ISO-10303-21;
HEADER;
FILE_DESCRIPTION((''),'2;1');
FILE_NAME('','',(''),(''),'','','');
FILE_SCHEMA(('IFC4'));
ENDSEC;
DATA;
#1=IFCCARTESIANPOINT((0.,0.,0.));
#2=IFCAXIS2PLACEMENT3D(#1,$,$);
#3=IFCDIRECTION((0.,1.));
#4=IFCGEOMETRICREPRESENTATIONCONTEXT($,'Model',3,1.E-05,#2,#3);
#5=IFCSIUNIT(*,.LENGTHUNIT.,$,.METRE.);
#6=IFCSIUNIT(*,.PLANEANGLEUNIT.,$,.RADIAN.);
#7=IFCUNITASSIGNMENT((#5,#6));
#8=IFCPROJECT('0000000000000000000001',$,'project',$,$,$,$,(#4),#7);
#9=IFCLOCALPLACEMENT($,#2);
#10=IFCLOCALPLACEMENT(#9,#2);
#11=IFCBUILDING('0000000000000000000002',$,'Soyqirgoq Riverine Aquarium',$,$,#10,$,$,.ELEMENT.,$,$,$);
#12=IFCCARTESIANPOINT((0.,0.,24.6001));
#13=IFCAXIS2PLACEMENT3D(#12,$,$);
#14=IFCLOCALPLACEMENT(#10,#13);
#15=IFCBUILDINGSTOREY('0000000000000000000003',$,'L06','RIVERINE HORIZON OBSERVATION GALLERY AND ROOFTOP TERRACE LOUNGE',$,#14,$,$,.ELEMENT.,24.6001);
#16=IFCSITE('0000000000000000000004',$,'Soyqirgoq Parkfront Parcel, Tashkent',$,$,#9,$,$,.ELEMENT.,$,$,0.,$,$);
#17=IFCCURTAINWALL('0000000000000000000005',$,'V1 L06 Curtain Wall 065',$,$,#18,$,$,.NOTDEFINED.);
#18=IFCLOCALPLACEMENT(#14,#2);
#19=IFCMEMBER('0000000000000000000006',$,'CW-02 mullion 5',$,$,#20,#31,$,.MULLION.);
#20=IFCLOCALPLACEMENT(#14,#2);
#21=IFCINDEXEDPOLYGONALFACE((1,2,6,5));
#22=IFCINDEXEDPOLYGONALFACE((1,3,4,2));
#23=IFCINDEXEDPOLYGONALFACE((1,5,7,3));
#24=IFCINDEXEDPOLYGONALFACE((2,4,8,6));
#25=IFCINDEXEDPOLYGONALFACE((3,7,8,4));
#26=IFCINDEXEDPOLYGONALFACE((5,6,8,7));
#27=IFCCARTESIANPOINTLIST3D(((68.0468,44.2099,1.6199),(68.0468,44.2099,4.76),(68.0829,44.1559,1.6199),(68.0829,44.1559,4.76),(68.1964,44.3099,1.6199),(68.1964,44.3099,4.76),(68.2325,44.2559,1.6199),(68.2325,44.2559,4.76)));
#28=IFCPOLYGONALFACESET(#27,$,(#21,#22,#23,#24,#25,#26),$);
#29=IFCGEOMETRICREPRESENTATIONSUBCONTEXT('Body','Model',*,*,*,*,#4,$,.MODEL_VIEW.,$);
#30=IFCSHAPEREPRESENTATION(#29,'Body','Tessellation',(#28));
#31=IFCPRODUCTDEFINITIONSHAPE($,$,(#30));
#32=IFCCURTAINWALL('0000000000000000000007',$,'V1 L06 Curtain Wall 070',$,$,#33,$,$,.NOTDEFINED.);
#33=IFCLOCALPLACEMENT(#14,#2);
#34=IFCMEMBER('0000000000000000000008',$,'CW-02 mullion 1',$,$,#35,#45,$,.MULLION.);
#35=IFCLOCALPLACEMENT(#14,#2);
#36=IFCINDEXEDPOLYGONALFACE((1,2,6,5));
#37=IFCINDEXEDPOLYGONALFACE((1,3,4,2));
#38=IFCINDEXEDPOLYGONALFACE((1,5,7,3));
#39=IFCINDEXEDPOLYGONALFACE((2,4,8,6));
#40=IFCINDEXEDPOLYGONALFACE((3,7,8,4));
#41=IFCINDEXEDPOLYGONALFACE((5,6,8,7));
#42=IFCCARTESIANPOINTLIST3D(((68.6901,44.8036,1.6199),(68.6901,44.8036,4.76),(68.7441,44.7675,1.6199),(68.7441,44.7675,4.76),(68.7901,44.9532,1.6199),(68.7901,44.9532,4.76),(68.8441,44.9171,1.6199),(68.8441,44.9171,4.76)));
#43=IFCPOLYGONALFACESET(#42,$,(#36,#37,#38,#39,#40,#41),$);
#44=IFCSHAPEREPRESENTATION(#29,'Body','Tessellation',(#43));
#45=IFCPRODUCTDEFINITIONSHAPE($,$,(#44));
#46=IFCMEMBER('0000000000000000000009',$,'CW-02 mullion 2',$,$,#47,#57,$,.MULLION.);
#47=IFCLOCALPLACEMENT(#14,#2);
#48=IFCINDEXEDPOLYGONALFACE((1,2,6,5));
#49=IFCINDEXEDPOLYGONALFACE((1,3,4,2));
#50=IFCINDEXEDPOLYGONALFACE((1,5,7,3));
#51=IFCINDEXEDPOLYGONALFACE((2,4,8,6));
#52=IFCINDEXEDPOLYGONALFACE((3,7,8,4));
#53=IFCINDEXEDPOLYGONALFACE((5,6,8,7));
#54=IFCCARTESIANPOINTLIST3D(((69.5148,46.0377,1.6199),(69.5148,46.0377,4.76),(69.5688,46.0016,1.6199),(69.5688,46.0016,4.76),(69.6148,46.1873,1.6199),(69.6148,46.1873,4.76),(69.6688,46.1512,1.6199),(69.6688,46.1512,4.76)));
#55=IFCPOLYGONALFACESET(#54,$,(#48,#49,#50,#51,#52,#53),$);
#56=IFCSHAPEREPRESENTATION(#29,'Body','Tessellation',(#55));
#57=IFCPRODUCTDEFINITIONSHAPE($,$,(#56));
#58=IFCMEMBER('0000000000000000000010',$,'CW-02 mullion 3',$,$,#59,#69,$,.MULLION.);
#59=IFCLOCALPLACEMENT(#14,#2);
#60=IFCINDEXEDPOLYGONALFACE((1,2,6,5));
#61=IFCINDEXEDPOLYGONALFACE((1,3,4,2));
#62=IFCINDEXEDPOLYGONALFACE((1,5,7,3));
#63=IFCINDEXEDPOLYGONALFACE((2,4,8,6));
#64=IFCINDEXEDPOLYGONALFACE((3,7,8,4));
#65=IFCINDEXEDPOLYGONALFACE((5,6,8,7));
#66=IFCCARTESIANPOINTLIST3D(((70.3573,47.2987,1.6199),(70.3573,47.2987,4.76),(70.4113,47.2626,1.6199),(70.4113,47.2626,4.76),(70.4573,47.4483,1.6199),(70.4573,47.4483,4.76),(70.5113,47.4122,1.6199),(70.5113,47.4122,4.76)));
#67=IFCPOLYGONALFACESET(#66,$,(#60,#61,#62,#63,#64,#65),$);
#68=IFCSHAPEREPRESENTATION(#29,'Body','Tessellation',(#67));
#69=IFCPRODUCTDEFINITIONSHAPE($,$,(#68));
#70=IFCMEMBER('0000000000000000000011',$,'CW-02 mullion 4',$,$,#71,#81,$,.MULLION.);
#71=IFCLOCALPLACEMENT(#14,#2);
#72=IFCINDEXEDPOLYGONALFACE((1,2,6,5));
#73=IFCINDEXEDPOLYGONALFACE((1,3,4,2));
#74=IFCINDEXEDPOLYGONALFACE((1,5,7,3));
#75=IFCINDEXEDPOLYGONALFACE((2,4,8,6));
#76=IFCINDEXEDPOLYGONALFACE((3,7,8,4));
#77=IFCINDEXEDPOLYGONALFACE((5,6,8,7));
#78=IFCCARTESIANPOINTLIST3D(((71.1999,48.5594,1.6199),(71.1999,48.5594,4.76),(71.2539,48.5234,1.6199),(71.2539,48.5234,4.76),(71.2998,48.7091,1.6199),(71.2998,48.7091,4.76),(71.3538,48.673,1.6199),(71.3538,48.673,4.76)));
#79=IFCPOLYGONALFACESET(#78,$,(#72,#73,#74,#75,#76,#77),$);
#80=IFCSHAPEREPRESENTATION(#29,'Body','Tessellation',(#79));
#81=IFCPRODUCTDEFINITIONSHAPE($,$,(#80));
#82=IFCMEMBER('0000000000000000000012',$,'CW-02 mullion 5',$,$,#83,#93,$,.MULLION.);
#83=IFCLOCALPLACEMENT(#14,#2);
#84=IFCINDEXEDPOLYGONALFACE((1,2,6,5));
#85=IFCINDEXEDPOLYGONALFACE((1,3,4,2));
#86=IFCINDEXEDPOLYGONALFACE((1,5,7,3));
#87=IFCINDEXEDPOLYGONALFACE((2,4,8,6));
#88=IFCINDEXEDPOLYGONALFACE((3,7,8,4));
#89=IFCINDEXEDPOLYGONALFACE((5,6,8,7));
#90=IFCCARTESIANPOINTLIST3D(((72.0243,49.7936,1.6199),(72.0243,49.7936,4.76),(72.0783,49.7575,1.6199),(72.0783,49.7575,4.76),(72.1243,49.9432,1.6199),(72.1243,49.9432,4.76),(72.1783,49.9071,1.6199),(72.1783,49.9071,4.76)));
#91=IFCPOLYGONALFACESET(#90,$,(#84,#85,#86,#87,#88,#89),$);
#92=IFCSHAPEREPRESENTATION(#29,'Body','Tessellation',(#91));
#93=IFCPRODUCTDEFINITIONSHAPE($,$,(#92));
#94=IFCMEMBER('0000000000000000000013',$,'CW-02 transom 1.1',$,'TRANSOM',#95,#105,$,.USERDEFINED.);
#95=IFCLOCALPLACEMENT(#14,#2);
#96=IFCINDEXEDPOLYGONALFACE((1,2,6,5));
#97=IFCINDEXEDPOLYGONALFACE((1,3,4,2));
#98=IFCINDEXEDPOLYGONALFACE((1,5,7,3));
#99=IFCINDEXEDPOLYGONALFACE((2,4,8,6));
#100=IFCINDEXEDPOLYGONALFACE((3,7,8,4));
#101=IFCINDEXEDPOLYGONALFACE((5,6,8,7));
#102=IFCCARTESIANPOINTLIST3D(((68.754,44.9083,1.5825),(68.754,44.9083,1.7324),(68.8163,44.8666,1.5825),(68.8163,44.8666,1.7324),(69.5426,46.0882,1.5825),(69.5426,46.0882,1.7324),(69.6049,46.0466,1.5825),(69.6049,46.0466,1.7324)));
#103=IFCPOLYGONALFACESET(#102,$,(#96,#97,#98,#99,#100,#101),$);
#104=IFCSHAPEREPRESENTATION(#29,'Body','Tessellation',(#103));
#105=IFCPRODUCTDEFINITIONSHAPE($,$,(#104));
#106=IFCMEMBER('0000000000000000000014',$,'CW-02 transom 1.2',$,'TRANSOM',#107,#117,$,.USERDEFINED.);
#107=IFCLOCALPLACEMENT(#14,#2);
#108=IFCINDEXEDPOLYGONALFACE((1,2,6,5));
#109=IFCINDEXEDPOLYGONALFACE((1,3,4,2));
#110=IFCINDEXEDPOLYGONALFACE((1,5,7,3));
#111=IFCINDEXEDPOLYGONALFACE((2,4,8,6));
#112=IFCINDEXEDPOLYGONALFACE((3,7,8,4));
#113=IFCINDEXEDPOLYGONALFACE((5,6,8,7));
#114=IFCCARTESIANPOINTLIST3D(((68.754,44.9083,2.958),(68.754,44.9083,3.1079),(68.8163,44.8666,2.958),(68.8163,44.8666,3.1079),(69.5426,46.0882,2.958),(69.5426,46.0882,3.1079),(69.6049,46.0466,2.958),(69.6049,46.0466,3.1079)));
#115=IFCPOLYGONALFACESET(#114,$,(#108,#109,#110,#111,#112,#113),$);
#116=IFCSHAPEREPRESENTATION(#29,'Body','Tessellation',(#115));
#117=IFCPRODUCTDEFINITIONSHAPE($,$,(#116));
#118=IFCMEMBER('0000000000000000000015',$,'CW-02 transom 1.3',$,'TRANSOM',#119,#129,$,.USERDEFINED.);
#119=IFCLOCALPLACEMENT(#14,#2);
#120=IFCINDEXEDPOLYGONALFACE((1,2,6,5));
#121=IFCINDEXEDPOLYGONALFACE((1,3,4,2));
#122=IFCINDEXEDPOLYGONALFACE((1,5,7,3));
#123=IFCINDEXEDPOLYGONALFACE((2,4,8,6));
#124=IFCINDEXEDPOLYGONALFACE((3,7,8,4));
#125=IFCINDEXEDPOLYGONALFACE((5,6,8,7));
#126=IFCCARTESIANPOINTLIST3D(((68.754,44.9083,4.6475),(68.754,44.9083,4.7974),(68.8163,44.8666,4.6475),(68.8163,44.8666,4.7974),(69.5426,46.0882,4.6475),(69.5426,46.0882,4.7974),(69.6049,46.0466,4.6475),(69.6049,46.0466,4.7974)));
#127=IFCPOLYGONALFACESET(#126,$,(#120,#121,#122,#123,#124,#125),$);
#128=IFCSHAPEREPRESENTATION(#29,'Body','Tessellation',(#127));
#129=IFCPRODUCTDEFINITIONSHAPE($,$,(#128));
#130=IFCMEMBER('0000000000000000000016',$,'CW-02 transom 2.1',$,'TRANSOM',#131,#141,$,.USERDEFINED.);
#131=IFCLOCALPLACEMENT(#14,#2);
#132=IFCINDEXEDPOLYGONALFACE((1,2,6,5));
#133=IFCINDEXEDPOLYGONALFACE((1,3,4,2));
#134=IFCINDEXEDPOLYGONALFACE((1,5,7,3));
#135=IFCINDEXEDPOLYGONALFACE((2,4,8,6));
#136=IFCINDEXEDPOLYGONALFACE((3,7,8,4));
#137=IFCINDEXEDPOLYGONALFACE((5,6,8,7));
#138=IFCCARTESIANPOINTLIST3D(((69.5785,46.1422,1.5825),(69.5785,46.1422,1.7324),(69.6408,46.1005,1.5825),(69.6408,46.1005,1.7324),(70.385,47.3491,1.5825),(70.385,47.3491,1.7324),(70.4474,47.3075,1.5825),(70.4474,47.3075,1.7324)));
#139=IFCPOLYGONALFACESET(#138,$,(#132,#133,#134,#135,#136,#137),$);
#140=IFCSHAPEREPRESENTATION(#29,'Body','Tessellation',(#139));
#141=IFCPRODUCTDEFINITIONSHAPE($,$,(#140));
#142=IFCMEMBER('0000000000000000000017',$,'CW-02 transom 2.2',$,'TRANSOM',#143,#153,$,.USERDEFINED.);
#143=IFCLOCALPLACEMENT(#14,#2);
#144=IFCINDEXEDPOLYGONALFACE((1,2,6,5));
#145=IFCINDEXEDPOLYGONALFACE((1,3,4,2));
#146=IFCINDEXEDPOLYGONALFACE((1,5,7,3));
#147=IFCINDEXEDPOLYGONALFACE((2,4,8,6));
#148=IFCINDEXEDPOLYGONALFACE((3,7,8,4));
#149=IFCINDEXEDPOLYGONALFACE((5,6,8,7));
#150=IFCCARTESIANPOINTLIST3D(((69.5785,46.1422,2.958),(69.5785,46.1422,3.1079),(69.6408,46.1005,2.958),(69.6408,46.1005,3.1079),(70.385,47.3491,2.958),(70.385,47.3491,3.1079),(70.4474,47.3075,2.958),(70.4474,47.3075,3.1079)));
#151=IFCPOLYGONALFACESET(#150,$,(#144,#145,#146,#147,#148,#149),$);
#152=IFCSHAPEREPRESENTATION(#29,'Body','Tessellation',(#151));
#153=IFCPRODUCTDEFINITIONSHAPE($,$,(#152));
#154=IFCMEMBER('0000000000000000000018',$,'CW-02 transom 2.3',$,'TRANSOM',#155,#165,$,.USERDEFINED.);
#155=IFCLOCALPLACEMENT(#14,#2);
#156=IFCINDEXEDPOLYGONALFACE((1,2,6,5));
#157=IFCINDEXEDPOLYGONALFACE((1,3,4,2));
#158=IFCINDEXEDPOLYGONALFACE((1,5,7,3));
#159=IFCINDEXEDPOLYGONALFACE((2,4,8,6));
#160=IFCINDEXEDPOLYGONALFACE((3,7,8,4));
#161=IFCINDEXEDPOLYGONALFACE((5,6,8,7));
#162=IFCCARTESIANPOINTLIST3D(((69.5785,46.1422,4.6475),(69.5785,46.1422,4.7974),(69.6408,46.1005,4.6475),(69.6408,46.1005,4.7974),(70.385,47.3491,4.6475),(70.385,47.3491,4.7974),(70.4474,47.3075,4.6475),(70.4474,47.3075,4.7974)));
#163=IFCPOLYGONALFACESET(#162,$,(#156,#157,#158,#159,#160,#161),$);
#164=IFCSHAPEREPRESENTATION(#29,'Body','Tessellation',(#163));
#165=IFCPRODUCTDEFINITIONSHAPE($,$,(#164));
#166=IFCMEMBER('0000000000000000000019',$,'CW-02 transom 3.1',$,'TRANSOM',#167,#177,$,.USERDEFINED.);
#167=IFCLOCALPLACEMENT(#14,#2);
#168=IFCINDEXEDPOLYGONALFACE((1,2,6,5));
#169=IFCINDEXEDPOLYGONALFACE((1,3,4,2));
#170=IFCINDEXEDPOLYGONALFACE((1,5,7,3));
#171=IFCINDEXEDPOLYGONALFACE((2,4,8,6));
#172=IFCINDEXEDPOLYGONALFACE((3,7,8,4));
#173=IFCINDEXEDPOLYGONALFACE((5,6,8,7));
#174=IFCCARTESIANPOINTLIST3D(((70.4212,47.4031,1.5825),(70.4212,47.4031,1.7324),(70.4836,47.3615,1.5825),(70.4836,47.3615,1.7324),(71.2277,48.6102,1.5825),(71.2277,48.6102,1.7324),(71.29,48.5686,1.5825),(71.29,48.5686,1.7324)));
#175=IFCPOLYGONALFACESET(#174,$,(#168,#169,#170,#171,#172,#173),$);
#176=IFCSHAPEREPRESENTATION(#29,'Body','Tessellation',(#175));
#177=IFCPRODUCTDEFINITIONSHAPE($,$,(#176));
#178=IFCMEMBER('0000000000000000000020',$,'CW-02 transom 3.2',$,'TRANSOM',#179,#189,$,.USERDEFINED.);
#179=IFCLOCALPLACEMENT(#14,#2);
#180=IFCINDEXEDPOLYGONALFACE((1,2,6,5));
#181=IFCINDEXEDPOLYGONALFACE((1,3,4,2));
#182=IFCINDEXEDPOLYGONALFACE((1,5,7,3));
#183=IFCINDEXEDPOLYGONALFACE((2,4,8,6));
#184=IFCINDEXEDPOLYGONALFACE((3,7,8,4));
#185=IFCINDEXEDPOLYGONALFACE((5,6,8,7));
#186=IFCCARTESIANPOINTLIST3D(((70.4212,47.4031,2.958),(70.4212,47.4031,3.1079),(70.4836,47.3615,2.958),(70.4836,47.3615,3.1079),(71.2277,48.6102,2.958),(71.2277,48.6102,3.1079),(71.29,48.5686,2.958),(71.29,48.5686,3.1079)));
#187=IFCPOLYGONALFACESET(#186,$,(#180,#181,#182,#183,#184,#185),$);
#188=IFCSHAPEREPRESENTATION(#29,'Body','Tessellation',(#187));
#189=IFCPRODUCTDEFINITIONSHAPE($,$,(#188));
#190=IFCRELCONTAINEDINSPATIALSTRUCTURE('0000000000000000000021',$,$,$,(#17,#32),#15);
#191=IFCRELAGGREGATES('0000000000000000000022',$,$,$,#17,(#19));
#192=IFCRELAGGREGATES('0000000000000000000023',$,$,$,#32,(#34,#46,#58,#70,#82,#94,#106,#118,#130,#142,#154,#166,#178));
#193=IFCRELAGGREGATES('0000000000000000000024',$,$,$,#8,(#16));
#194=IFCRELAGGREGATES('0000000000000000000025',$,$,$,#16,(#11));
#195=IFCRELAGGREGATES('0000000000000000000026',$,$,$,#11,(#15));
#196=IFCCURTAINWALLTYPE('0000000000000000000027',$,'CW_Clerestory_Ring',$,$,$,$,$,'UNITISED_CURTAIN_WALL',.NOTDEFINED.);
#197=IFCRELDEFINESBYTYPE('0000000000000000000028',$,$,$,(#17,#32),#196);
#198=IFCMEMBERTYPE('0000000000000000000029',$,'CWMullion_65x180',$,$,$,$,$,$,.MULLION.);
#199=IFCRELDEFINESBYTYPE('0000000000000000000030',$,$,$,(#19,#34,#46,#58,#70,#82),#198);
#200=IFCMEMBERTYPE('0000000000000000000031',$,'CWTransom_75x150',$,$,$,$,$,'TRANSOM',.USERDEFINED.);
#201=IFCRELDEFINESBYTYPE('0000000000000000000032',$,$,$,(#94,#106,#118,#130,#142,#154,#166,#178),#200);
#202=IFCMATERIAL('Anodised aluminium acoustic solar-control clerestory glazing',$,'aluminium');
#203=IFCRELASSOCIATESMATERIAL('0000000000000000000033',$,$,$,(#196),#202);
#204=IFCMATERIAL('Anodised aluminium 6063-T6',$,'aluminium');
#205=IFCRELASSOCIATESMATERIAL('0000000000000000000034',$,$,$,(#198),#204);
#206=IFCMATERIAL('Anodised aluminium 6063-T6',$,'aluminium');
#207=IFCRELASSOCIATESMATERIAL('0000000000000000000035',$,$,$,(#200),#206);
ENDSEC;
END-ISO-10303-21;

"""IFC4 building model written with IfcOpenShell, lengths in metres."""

from ifc_helpers import new_model, si_unit, direction, frame, origin, origin_2d, place, context, subcontext, project, spatial, rectangle, extrude, material, material_profile, profile_set, type_object, element, aggregate, save


model = new_model("IFC4")

# Units and contexts
model_context = context("Model", 3, precision=1e-05, world=origin(), true_north=direction((0.0, 1.0)))
body_context = subcontext(model_context, "Body", "Model", "MODEL_VIEW")
ifc_project = project(units=[si_unit("LENGTHUNIT", "METRE"), si_unit("PLANEANGLEUNIT", "RADIAN")], contexts=[model_context])

# Site, building, storey
site_placement = place(None, origin())
site = spatial("IfcSite", under=ifc_project, at=site_placement, Name="Soyqirgoq Parkfront Parcel, Tashkent", CompositionType="ELEMENT", RefElevation=0.0)
building_placement = place(site_placement, origin())
building = spatial("IfcBuilding", under=site, at=building_placement, Name="Soyqirgoq Riverine Aquarium", CompositionType="ELEMENT")
storey_placement = place(building_placement, frame((0.0, 0.0, 24.6001)))
storey = spatial("IfcBuildingStorey", under=building, at=storey_placement, Name="L06", Description="RIVERINE HORIZON OBSERVATION GALLERY AND ROOFTOP TERRACE LOUNGE", CompositionType="ELEMENT", Elevation=24.6001)

# Curtain wall, member
ifc_material_1 = material(Name="Anodised aluminium acoustic solar-control clerestory glazing", Category="aluminium")
curtain_wall_type = type_object("IfcCurtainWallType", Name="CW_Clerestory_Ring", ElementType="UNITISED_CURTAIN_WALL", PredefinedType="NOTDEFINED", material=ifc_material_1)
curtain_wall_1_placement = place(storey_placement, origin())
curtain_wall_1 = element("IfcCurtainWall", 1, at=curtain_wall_1_placement, inside=storey, type_object=curtain_wall_type, Name="V1 L06 Curtain Wall 065", PredefinedType="NOTDEFINED")
ifc_material_2 = material(Name="Anodised aluminium 6063-T6", Category="aluminium")
ifc_material_profile_1 = material_profile(ifc_material_2, rectangle(XDim=0.0649, YDim=0.1799, at=origin_2d()), Name="ALU-M 65x180")
ifc_profile_set_1 = profile_set([ifc_material_profile_1], Name="Anodised aluminium 6063-T6")
member_type_1 = type_object("IfcMemberType", Name="CWMullion_65x180", PredefinedType="MULLION", material=ifc_profile_set_1)
member_1_placement = place(storey_placement, frame((68.1396, 44.2329, 1.6199), z_axis=(0.0, 0.0, 1.0), x_axis=(-0.555579, 0.831464, 0.0)))
member_1 = element("IfcMember", 2, at=member_1_placement, type_object=member_type_1, Name="CW-02 mullion 5", PredefinedType="MULLION", context=body_context, shape_type="SweptSolid", body=[
    extrude(rectangle(XDim=0.0649, YDim=0.1799, at=origin_2d()), origin(), (0.0, 0.0, 1.0), 3.1401),
])

# Curtain wall, members
curtain_wall_2_placement = place(storey_placement, origin())
curtain_wall_2 = element("IfcCurtainWall", 3, at=curtain_wall_2_placement, inside=storey, type_object=curtain_wall_type, Name="V1 L06 Curtain Wall 070", PredefinedType="NOTDEFINED")
member_2_placement = place(storey_placement, frame((68.7671, 44.8604, 1.6199), z_axis=(0.0, 0.0, 1.0), x_axis=(-0.831464, 0.555579, 0.0)))
member_2 = element("IfcMember", 4, at=member_2_placement, type_object=member_type_1, Name="CW-02 mullion 1", PredefinedType="MULLION", context=body_context, shape_type="SweptSolid", body=[
    extrude(rectangle(XDim=0.0649, YDim=0.1799, at=origin_2d()), origin(), (0.0, 0.0, 1.0), 3.1401),
])
member_3_placement = place(storey_placement, frame((69.5918, 46.0945, 1.6199), z_axis=(0.0, 0.0, 1.0), x_axis=(-0.831464, 0.555579, 0.0)))
member_3 = element("IfcMember", 5, at=member_3_placement, type_object=member_type_1, Name="CW-02 mullion 2", PredefinedType="MULLION", context=body_context, shape_type="SweptSolid", body=[
    extrude(rectangle(XDim=0.0649, YDim=0.1799, at=origin_2d()), origin(), (0.0, 0.0, 1.0), 3.1401),
])
member_4_placement = place(storey_placement, frame((70.4343, 47.3555, 1.6199), z_axis=(0.0, 0.0, 1.0), x_axis=(-0.831464, 0.555579, 0.0)))
member_4 = element("IfcMember", 6, at=member_4_placement, type_object=member_type_1, Name="CW-02 mullion 3", PredefinedType="MULLION", context=body_context, shape_type="SweptSolid", body=[
    extrude(rectangle(XDim=0.0649, YDim=0.1799, at=origin_2d()), origin(), (0.0, 0.0, 1.0), 3.1401),
])
member_5_placement = place(storey_placement, frame((71.2769, 48.6162, 1.6199), z_axis=(0.0, 0.0, 1.0), x_axis=(-0.831464, 0.555579, 0.0)))
member_5 = element("IfcMember", 7, at=member_5_placement, type_object=member_type_1, Name="CW-02 mullion 4", PredefinedType="MULLION", context=body_context, shape_type="SweptSolid", body=[
    extrude(rectangle(XDim=0.0649, YDim=0.1799, at=origin_2d()), origin(), (0.0, 0.0, 1.0), 3.1401),
])
member_6_placement = place(storey_placement, frame((72.1013, 49.8503, 1.6199), z_axis=(0.0, 0.0, 1.0), x_axis=(-0.831464, 0.555579, 0.0)))
member_6 = element("IfcMember", 8, at=member_6_placement, type_object=member_type_1, Name="CW-02 mullion 5", PredefinedType="MULLION", context=body_context, shape_type="SweptSolid", body=[
    extrude(rectangle(XDim=0.0649, YDim=0.1799, at=origin_2d()), origin(), (0.0, 0.0, 1.0), 3.1401),
])
ifc_material_3 = material(Name="Anodised aluminium 6063-T6", Category="aluminium")
ifc_material_profile_2 = material_profile(ifc_material_3, rectangle(XDim=0.075, YDim=0.1499, at=origin_2d()), Name="ALU-T 75x150")
ifc_profile_set_2 = profile_set([ifc_material_profile_2], Name="Anodised aluminium 6063-T6")
member_type_2 = type_object("IfcMemberType", Name="CWTransom_75x150", ElementType="TRANSOM", PredefinedType="USERDEFINED", material=ifc_profile_set_2)
member_7_placement = place(storey_placement, frame((68.7852, 44.8875, 1.6575), z_axis=(0.555653, 0.831415, 0.0), x_axis=(-0.831415, 0.555653, 0.0)))
member_7 = element("IfcMember", 9, at=member_7_placement, type_object=member_type_2, Name="CW-02 transom 1.1", ObjectType="TRANSOM", PredefinedType="USERDEFINED", context=body_context, shape_type="SweptSolid", body=[
    extrude(rectangle(XDim=0.075, YDim=0.1499, at=origin_2d()), origin(), (0.0, 0.0, 1.0), 1.4192),
])
member_8_placement = place(storey_placement, frame((68.7852, 44.8875, 3.033), z_axis=(0.555653, 0.831415, 0.0), x_axis=(-0.831415, 0.555653, 0.0)))
member_8 = element("IfcMember", 10, at=member_8_placement, type_object=member_type_2, Name="CW-02 transom 1.2", ObjectType="TRANSOM", PredefinedType="USERDEFINED", context=body_context, shape_type="SweptSolid", body=[
    extrude(rectangle(XDim=0.075, YDim=0.1499, at=origin_2d()), origin(), (0.0, 0.0, 1.0), 1.4192),
])
member_9_placement = place(storey_placement, frame((68.7852, 44.8875, 4.7224), z_axis=(0.555653, 0.831415, 0.0), x_axis=(-0.831415, 0.555653, 0.0)))
member_9 = element("IfcMember", 11, at=member_9_placement, type_object=member_type_2, Name="CW-02 transom 1.3", ObjectType="TRANSOM", PredefinedType="USERDEFINED", context=body_context, shape_type="SweptSolid", body=[
    extrude(rectangle(XDim=0.075, YDim=0.1499, at=origin_2d()), origin(), (0.0, 0.0, 1.0), 1.4192),
])
member_10_placement = place(storey_placement, frame((69.6096, 46.1213, 1.6575), z_axis=(0.555631, 0.831429, 0.0), x_axis=(-0.831429, 0.555631, 0.0)))
member_10 = element("IfcMember", 12, at=member_10_placement, type_object=member_type_2, Name="CW-02 transom 2.1", ObjectType="TRANSOM", PredefinedType="USERDEFINED", context=body_context, shape_type="SweptSolid", body=[
    extrude(rectangle(XDim=0.075, YDim=0.1499, at=origin_2d()), origin(), (0.0, 0.0, 1.0), 1.4517),
])
member_11_placement = place(storey_placement, frame((69.6096, 46.1213, 3.033), z_axis=(0.555631, 0.831429, 0.0), x_axis=(-0.831429, 0.555631, 0.0)))
member_11 = element("IfcMember", 13, at=member_11_placement, type_object=member_type_2, Name="CW-02 transom 2.2", ObjectType="TRANSOM", PredefinedType="USERDEFINED", context=body_context, shape_type="SweptSolid", body=[
    extrude(rectangle(XDim=0.075, YDim=0.1499, at=origin_2d()), origin(), (0.0, 0.0, 1.0), 1.4517),
])
member_12_placement = place(storey_placement, frame((69.6096, 46.1213, 4.7224), z_axis=(0.555631, 0.831429, 0.0), x_axis=(-0.831429, 0.555631, 0.0)))
member_12 = element("IfcMember", 14, at=member_12_placement, type_object=member_type_2, Name="CW-02 transom 2.3", ObjectType="TRANSOM", PredefinedType="USERDEFINED", context=body_context, shape_type="SweptSolid", body=[
    extrude(rectangle(XDim=0.075, YDim=0.1499, at=origin_2d()), origin(), (0.0, 0.0, 1.0), 1.4517),
])
member_13_placement = place(storey_placement, frame((70.4524, 47.3823, 1.6575), z_axis=(0.555515, 0.831507, 0.0), x_axis=(-0.831507, 0.555515, 0.0)))
member_13 = element("IfcMember", 15, at=member_13_placement, type_object=member_type_2, Name="CW-02 transom 3.1", ObjectType="TRANSOM", PredefinedType="USERDEFINED", context=body_context, shape_type="SweptSolid", body=[
    extrude(rectangle(XDim=0.075, YDim=0.1499, at=origin_2d()), origin(), (0.0, 0.0, 1.0), 1.4517),
])
member_14_placement = place(storey_placement, frame((70.4524, 47.3823, 3.033), z_axis=(0.555515, 0.831507, 0.0), x_axis=(-0.831507, 0.555515, 0.0)))
member_14 = element("IfcMember", 16, at=member_14_placement, type_object=member_type_2, Name="CW-02 transom 3.2", ObjectType="TRANSOM", PredefinedType="USERDEFINED", context=body_context, shape_type="SweptSolid", body=[
    extrude(rectangle(XDim=0.075, YDim=0.1499, at=origin_2d()), origin(), (0.0, 0.0, 1.0), 1.4517),
])

aggregate(curtain_wall_1, [member_1])
aggregate(curtain_wall_2, [member_2, member_3, member_4, member_5, member_6, member_7, member_8, member_9, member_10, member_11, member_12, member_13, member_14])

save(model, "model.ifc")
